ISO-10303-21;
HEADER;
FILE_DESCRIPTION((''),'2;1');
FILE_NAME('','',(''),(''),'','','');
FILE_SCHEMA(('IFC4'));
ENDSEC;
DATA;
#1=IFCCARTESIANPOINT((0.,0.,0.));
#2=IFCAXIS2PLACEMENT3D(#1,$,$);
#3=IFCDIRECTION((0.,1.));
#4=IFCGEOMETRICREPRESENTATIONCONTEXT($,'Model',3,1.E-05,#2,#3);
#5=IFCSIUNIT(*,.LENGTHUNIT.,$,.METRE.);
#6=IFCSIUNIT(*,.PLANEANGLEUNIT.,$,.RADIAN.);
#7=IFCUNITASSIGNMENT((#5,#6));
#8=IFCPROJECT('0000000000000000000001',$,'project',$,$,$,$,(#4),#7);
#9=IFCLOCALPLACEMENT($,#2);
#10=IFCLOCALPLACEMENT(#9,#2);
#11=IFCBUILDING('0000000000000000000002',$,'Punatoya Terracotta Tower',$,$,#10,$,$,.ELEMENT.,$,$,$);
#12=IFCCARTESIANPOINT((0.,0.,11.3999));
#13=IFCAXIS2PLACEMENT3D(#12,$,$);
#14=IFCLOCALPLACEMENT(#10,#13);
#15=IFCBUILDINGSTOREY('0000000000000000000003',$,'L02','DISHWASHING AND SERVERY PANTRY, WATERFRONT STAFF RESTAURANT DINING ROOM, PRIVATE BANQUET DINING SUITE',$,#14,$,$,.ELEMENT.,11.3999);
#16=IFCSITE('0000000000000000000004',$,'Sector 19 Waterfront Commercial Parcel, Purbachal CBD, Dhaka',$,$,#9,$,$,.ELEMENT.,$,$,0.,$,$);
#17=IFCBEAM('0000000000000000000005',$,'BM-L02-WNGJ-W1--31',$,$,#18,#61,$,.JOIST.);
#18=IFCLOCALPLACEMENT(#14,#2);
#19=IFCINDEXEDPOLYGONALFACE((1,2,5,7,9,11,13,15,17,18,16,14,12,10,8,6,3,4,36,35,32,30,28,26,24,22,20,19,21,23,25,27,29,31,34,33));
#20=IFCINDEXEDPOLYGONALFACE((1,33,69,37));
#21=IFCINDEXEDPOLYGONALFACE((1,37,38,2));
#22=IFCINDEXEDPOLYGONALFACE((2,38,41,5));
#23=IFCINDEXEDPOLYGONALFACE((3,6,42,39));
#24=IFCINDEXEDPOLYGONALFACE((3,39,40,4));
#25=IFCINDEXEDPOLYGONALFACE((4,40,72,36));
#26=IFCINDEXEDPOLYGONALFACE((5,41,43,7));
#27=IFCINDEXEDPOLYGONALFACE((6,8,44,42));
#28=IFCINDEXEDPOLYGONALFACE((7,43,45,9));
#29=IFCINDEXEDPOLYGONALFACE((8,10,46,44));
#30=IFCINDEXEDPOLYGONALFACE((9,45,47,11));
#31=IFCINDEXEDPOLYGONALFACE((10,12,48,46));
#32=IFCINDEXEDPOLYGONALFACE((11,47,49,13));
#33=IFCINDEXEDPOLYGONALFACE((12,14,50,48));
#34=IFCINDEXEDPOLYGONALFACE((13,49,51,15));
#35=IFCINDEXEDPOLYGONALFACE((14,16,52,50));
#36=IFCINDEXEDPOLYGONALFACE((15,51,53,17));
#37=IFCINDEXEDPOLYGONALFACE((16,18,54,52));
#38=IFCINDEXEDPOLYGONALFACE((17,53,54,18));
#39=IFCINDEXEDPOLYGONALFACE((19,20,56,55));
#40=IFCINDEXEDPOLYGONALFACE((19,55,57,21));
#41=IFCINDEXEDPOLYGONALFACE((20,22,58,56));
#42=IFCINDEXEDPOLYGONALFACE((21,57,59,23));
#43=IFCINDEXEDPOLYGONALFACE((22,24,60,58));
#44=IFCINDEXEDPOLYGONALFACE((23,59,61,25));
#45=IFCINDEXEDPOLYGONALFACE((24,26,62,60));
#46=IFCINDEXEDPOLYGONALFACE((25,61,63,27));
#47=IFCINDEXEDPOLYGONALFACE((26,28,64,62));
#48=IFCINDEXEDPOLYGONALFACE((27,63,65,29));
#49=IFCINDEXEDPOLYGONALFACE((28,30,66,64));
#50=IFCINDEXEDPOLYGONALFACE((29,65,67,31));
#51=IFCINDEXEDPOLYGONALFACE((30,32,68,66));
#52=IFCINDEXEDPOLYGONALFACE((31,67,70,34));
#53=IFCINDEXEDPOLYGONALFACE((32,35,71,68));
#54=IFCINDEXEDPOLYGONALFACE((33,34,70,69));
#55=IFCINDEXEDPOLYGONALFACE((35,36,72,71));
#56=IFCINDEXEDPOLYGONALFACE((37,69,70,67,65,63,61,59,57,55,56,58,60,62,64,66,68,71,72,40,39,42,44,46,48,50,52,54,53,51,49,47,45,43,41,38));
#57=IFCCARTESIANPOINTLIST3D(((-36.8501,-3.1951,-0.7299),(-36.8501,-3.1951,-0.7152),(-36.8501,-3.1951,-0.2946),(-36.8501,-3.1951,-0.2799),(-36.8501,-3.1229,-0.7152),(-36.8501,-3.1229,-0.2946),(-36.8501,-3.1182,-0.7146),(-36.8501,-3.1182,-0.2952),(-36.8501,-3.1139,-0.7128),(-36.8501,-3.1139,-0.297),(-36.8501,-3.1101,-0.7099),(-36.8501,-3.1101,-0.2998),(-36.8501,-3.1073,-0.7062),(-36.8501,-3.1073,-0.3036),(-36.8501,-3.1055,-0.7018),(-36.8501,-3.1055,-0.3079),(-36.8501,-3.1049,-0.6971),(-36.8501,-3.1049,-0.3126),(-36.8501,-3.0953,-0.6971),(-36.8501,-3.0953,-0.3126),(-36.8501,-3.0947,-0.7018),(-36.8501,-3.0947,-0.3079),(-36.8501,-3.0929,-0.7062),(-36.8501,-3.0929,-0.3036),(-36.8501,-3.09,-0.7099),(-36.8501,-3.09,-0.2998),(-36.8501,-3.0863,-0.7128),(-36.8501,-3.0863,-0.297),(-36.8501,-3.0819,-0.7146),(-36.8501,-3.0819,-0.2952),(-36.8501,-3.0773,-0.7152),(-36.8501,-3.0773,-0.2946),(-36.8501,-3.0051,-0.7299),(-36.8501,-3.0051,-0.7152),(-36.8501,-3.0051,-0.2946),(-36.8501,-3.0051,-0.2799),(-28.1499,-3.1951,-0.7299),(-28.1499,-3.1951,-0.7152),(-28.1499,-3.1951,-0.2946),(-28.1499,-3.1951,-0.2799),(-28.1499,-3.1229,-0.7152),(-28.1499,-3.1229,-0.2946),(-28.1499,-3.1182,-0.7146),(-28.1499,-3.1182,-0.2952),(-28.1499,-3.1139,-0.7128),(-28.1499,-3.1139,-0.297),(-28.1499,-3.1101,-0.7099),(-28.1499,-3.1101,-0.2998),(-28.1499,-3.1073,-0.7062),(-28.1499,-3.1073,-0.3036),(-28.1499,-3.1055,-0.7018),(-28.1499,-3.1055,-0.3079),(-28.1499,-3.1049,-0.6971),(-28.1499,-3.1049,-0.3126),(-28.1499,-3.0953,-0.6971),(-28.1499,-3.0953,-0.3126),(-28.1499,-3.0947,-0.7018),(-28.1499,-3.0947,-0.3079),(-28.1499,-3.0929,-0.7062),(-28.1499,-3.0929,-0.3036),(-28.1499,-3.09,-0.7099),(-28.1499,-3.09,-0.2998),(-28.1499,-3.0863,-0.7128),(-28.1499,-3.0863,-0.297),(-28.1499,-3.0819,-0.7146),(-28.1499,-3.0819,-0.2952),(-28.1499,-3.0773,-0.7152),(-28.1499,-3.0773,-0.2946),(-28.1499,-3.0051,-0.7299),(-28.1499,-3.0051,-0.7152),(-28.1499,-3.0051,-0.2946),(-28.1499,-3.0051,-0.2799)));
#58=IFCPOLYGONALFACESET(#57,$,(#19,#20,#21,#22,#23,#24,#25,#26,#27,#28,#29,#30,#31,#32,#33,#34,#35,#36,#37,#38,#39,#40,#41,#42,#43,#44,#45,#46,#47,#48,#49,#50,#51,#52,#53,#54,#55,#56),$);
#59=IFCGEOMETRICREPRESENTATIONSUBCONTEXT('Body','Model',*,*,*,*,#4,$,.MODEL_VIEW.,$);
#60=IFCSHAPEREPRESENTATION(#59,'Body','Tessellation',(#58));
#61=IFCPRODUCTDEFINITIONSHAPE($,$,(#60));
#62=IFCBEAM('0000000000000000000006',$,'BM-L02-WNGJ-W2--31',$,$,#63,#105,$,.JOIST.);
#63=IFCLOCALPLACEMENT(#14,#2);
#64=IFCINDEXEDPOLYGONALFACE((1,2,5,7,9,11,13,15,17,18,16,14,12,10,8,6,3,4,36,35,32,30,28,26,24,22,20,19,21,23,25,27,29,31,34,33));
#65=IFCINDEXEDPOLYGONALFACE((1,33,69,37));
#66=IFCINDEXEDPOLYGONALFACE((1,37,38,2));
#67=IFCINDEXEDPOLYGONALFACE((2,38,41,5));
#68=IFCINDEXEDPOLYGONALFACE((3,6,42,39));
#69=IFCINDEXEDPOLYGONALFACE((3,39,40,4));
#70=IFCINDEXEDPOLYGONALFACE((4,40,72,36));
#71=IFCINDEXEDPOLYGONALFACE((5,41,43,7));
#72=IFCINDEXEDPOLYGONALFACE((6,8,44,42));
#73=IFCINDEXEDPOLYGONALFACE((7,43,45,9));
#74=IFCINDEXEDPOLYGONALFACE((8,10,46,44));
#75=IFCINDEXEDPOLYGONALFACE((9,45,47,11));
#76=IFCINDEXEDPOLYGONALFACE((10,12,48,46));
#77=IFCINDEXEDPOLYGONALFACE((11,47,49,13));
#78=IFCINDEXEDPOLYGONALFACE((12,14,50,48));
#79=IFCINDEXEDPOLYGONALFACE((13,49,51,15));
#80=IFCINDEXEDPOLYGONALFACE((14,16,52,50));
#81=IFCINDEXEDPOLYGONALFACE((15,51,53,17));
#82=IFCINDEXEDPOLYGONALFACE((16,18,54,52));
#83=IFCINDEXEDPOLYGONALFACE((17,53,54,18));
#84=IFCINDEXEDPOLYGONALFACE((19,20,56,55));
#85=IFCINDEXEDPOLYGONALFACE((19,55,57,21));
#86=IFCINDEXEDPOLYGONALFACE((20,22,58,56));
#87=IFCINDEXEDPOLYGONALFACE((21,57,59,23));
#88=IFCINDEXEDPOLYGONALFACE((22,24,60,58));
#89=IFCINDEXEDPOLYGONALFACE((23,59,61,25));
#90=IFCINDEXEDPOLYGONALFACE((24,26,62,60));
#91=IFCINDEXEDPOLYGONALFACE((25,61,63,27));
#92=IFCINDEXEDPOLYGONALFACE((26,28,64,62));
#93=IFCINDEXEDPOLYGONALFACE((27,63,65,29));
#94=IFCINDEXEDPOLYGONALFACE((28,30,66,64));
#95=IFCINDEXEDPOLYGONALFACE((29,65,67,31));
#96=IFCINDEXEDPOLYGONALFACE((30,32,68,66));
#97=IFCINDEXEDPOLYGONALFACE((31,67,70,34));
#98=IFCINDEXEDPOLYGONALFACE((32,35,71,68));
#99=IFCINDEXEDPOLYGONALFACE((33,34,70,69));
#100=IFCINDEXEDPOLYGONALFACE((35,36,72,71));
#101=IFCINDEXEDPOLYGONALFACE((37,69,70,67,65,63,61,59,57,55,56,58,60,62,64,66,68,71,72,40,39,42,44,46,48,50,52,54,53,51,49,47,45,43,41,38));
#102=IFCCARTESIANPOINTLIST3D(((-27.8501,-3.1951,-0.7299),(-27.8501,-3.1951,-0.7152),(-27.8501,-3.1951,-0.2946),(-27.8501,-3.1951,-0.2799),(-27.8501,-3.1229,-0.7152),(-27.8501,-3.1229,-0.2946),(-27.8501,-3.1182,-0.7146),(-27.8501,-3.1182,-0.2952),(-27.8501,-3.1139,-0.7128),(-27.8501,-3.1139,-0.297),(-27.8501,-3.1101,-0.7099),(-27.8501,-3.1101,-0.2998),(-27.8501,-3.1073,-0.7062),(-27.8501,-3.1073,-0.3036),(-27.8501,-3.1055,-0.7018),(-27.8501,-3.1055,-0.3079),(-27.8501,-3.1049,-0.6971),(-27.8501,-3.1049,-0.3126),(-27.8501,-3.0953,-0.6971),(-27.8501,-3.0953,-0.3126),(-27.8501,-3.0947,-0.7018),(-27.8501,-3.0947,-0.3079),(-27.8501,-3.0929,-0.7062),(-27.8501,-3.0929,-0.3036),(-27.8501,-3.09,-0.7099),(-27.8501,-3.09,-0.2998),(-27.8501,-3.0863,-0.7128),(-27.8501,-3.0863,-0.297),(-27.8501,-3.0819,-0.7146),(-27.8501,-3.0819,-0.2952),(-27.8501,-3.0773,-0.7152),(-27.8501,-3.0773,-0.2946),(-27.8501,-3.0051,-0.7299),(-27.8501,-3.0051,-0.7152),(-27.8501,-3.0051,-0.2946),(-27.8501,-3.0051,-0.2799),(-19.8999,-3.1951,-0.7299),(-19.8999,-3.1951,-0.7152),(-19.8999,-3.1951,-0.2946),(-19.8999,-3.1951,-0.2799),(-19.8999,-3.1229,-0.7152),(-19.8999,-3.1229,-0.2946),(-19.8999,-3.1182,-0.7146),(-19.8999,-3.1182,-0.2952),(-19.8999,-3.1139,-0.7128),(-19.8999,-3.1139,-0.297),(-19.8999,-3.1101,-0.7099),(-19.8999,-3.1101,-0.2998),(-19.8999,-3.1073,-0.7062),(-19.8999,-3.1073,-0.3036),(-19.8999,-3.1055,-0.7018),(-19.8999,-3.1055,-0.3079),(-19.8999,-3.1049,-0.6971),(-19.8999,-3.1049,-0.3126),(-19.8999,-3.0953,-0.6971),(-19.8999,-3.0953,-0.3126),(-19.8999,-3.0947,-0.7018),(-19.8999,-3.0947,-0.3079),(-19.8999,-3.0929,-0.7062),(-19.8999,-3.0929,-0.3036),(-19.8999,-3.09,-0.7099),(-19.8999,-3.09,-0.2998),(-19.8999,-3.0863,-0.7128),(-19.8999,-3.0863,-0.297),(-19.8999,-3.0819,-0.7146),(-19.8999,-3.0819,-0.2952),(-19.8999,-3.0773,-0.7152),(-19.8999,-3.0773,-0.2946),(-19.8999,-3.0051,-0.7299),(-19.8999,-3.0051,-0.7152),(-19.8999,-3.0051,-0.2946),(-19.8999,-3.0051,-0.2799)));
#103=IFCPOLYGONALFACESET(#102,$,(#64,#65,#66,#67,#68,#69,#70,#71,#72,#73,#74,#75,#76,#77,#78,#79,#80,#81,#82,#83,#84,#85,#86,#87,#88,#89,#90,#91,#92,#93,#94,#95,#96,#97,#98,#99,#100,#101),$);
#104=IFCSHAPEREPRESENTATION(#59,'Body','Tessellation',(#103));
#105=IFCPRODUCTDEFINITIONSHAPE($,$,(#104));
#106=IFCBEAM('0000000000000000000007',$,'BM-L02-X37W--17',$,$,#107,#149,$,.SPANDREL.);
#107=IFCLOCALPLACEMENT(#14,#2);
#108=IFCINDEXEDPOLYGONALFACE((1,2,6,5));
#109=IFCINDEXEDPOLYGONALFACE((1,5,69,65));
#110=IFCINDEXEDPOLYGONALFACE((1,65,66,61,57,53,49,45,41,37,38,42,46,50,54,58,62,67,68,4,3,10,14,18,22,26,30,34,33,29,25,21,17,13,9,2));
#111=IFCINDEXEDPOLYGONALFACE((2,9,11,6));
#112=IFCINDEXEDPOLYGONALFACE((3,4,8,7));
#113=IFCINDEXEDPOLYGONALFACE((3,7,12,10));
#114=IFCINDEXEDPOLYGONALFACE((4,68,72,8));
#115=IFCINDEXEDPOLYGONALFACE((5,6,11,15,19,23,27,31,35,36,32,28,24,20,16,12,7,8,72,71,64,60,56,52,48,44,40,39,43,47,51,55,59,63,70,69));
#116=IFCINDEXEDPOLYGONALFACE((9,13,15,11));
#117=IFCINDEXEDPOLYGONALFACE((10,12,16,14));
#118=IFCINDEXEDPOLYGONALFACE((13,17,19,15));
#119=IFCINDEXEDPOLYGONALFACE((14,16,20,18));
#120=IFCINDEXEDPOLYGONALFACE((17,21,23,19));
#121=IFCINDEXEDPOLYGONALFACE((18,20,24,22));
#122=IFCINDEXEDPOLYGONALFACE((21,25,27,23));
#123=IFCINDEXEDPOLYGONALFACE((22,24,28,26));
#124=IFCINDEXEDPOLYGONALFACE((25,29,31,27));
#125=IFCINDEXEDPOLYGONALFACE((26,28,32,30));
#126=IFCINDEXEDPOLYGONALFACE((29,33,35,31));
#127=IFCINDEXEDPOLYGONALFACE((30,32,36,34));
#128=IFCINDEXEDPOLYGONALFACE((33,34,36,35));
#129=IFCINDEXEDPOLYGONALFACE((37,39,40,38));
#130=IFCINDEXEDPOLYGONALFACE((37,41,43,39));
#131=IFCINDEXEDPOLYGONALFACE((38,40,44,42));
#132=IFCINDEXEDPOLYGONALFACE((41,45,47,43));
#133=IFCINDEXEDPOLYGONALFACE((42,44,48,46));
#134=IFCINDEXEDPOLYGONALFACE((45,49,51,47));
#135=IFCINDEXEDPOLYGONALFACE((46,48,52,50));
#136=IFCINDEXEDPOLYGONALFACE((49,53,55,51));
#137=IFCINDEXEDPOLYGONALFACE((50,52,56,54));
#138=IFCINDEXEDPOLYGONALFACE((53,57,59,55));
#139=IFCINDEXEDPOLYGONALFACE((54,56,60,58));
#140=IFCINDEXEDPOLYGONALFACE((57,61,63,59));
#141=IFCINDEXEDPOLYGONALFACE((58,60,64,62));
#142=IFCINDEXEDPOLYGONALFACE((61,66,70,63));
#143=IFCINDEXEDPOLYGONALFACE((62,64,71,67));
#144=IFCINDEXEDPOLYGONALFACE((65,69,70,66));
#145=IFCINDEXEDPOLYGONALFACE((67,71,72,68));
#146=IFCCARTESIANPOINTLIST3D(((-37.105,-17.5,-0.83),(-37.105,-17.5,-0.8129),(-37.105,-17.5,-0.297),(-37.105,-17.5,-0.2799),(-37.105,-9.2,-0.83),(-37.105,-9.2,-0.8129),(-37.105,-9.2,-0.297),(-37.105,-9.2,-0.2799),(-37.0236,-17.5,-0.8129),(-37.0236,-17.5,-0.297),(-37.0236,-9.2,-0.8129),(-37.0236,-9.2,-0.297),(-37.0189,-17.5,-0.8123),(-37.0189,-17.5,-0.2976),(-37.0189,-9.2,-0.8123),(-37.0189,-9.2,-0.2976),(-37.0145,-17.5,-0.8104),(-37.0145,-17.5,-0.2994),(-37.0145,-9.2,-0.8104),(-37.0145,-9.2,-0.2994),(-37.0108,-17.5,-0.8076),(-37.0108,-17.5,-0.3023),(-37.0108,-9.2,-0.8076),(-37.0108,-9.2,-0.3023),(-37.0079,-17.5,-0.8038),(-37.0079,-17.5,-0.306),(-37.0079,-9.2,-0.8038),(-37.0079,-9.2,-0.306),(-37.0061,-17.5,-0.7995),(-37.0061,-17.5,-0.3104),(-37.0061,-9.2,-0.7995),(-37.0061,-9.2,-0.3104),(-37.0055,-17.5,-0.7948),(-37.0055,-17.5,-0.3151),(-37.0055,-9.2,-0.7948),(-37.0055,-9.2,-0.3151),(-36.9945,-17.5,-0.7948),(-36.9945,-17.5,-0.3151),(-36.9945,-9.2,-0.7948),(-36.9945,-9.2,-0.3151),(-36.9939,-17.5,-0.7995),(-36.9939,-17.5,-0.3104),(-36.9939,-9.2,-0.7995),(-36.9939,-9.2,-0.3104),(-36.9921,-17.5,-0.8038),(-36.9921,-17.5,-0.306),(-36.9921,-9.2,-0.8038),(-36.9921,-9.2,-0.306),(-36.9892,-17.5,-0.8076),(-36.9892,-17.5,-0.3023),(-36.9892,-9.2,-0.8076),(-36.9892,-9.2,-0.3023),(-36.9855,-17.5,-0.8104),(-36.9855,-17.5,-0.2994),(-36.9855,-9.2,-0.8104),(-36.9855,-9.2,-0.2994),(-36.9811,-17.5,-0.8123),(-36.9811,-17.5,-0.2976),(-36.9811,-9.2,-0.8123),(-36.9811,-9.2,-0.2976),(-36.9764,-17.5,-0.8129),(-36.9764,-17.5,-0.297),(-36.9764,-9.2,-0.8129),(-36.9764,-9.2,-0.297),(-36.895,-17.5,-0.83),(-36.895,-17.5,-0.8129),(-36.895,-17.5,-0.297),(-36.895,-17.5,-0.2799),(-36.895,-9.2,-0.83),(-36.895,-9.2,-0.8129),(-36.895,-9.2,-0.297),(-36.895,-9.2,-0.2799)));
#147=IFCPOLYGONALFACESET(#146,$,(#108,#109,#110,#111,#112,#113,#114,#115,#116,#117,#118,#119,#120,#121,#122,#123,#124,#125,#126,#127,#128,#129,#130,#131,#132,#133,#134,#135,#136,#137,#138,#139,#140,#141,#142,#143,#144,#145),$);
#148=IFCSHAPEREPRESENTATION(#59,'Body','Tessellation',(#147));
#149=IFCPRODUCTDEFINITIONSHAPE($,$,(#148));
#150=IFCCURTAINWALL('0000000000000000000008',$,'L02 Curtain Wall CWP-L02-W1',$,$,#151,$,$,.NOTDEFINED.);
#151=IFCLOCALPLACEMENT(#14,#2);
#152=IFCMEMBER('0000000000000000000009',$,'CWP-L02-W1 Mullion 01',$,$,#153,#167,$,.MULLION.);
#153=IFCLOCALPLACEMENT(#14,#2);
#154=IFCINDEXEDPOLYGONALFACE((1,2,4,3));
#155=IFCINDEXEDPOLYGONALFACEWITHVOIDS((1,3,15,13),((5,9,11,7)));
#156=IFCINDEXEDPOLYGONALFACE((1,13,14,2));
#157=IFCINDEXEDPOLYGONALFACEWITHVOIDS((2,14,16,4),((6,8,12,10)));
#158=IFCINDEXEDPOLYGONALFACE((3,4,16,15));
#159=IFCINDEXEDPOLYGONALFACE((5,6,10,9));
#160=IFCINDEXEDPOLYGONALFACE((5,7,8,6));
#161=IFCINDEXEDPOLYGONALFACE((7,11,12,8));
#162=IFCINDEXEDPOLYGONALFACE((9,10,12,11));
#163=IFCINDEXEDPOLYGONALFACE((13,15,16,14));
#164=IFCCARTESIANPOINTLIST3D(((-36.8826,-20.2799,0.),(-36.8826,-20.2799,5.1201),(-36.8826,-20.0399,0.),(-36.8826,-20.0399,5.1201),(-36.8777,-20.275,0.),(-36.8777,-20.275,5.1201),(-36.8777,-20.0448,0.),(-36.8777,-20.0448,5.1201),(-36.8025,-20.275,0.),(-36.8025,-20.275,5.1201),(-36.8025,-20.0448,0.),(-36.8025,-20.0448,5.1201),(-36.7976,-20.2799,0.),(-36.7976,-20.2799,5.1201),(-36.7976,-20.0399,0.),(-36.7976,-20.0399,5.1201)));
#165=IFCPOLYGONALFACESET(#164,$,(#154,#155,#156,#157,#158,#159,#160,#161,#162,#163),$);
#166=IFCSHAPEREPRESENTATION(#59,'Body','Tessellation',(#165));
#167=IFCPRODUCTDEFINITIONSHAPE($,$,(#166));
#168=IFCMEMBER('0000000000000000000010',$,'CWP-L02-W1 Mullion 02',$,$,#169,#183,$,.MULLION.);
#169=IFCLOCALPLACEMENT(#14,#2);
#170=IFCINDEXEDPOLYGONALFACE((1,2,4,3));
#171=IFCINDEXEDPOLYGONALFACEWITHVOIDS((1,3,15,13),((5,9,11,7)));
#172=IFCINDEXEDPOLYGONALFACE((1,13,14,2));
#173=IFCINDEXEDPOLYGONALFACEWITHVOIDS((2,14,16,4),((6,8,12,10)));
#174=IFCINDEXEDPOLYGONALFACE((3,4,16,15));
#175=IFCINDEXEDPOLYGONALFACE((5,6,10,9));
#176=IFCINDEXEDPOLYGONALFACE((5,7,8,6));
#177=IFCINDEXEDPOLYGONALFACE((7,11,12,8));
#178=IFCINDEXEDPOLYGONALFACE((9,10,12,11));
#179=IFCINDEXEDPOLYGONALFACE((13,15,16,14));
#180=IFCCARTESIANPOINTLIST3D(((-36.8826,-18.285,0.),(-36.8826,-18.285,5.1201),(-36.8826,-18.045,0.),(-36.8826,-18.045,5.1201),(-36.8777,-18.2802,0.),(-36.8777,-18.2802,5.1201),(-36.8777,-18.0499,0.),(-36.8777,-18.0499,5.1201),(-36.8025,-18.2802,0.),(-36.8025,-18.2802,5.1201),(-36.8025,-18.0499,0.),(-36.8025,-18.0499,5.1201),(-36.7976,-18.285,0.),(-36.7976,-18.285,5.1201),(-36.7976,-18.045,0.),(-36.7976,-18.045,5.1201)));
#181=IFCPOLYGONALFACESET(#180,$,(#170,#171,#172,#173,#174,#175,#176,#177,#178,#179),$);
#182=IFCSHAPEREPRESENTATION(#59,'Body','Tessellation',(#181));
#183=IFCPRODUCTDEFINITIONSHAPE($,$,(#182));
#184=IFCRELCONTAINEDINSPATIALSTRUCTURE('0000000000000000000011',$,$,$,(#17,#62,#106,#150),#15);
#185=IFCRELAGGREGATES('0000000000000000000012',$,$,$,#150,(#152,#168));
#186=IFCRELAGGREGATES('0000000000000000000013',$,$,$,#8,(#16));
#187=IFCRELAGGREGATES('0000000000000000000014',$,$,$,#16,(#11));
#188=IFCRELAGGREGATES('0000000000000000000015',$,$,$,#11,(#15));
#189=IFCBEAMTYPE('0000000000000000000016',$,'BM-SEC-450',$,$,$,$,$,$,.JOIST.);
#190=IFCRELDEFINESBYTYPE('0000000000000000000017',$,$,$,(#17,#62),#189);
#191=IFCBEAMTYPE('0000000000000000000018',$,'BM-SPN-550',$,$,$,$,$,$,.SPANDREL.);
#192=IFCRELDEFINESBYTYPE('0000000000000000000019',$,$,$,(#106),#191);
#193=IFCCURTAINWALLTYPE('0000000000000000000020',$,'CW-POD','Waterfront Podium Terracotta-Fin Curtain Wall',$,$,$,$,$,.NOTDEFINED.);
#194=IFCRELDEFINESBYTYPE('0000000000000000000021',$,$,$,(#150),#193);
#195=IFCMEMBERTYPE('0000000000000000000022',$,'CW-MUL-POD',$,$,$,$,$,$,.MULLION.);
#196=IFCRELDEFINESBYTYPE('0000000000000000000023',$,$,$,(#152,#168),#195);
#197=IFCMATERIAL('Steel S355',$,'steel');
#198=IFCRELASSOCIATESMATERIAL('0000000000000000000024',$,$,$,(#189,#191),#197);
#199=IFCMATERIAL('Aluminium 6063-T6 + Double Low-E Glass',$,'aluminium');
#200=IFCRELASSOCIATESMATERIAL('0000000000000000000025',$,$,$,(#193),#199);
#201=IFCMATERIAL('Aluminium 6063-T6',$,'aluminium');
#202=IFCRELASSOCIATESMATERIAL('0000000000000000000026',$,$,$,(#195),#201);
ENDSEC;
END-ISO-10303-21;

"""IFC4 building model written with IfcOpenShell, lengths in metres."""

from ifc_helpers import new_model, si_unit, direction, frame, origin, origin_2d, place, context, subcontext, project, spatial, hollow_rectangle, i_section, extrude, material, material_profile, profile_set, type_object, element, aggregate, save


model = new_model("IFC4")

# Units and contexts
model_context = context("Model", 3, precision=1e-05, world=origin(), true_north=direction((0.0, 1.0)))
body_context = subcontext(model_context, "Body", "Model", "MODEL_VIEW")
ifc_project = project(units=[si_unit("LENGTHUNIT", "METRE"), si_unit("PLANEANGLEUNIT", "RADIAN")], contexts=[model_context])

# Site, building, storey
site_placement = place(None, origin())
site = spatial("IfcSite", under=ifc_project, at=site_placement, Name="Sector 19 Waterfront Commercial Parcel, Purbachal CBD, Dhaka", CompositionType="ELEMENT", RefElevation=0.0)
building_placement = place(site_placement, origin())
building = spatial("IfcBuilding", under=site, at=building_placement, Name="Punatoya Terracotta Tower", CompositionType="ELEMENT")
storey_placement = place(building_placement, frame((0.0, 0.0, 11.3999)))
storey = spatial("IfcBuildingStorey", under=building, at=storey_placement, Name="L02", Description="DISHWASHING AND SERVERY PANTRY, WATERFRONT STAFF RESTAURANT DINING ROOM, PRIVATE BANQUET DINING SUITE", CompositionType="ELEMENT", Elevation=11.3999)

# Beams
ifc_material_1 = material(Name="Steel S355", Category="steel")
ifc_material_profile_1 = material_profile(ifc_material_1, i_section(OverallWidth=0.1899, OverallDepth=0.45, WebThickness=0.0095, FlangeThickness=0.0146, FilletRadius=0.0181, at=origin_2d()))
ifc_profile_set_1 = profile_set([ifc_material_profile_1], Name="Steel S355")
beam_type_1 = type_object("IfcBeamType", Name="BM-SEC-450", PredefinedType="JOIST", material=ifc_profile_set_1)
beam_1_placement = place(storey_placement, frame((-36.8501, -3.1001, -0.5049), z_axis=(1.0, 0.0, 0.0), x_axis=(0.0, 1.0, 0.0)))
element("IfcBeam", 1, at=beam_1_placement, inside=storey, type_object=beam_type_1, Name="BM-L02-WNGJ-W1--31", PredefinedType="JOIST", context=body_context, shape_type="SweptSolid", body=[
    extrude(i_section(OverallWidth=0.1899, OverallDepth=0.45, WebThickness=0.0095, FlangeThickness=0.0146, FilletRadius=0.0181, at=origin_2d()), origin(), (0.0, 0.0, 1.0), 8.7002),
])
beam_2_placement = place(storey_placement, frame((-27.8501, -3.1001, -0.5049), z_axis=(1.0, 0.0, 0.0), x_axis=(0.0, 1.0, 0.0)))
element("IfcBeam", 2, at=beam_2_placement, inside=storey, type_object=beam_type_1, Name="BM-L02-WNGJ-W2--31", PredefinedType="JOIST", context=body_context, shape_type="SweptSolid", body=[
    extrude(i_section(OverallWidth=0.1899, OverallDepth=0.45, WebThickness=0.0095, FlangeThickness=0.0146, FilletRadius=0.0181, at=origin_2d()), origin(), (0.0, 0.0, 1.0), 7.9502),
])
ifc_material_profile_2 = material_profile(ifc_material_1, i_section(OverallWidth=0.21, OverallDepth=0.55, WebThickness=0.011, FlangeThickness=0.0171, FilletRadius=0.0181, at=origin_2d()))
ifc_profile_set_2 = profile_set([ifc_material_profile_2], Name="Steel S355")
beam_type_2 = type_object("IfcBeamType", Name="BM-SPN-550", PredefinedType="SPANDREL", material=ifc_profile_set_2)
beam_3_placement = place(storey_placement, frame((-37.0, -17.5, -0.5549), z_axis=(0.0, 1.0, 0.0), x_axis=(-1.0, 0.0, 0.0)))
element("IfcBeam", 3, at=beam_3_placement, inside=storey, type_object=beam_type_2, Name="BM-L02-X37W--17", PredefinedType="SPANDREL", context=body_context, shape_type="SweptSolid", body=[
    extrude(i_section(OverallWidth=0.21, OverallDepth=0.55, WebThickness=0.011, FlangeThickness=0.0171, FilletRadius=0.0181, at=origin_2d()), origin(), (0.0, 0.0, 1.0), 8.3),
])

# Curtain wall, members
ifc_material_2 = material(Name="Aluminium 6063-T6 + Double Low-E Glass", Category="aluminium")
curtain_wall_type = type_object("IfcCurtainWallType", Name="CW-POD", Description="Waterfront Podium Terracotta-Fin Curtain Wall", PredefinedType="NOTDEFINED", material=ifc_material_2)
curtain_wall_1_placement = place(storey_placement, origin())
curtain_wall_1 = element("IfcCurtainWall", 4, at=curtain_wall_1_placement, inside=storey, type_object=curtain_wall_type, Name="L02 Curtain Wall CWP-L02-W1", PredefinedType="NOTDEFINED")
ifc_material_3 = material(Name="Aluminium 6063-T6", Category="aluminium")
ifc_material_profile_3 = material_profile(ifc_material_3, hollow_rectangle(XDim=0.085, YDim=0.24, WallThickness=0.0049, at=origin_2d()))
ifc_profile_set_3 = profile_set([ifc_material_profile_3], Name="Aluminium 6063-T6")
member_type_1 = type_object("IfcMemberType", Name="CW-MUL-POD", PredefinedType="MULLION", material=ifc_profile_set_3)
member_1_placement = place(storey_placement, frame((-36.8401, -20.1599, 0.0), z_axis=(0.0, 0.0, 1.0), x_axis=(1.0, 0.0, 0.0)))
member_1 = element("IfcMember", 5, at=member_1_placement, type_object=member_type_1, Name="CWP-L02-W1 Mullion 01", PredefinedType="MULLION", context=body_context, shape_type="SweptSolid", body=[
    extrude(hollow_rectangle(XDim=0.085, YDim=0.24, WallThickness=0.0049, at=origin_2d()), origin(), (0.0, 0.0, 1.0), 5.1201),
])
member_2_placement = place(storey_placement, frame((-36.8401, -18.165, 0.0), z_axis=(0.0, 0.0, 1.0), x_axis=(1.0, 0.0, 0.0)))
member_2 = element("IfcMember", 6, at=member_2_placement, type_object=member_type_1, Name="CWP-L02-W1 Mullion 02", PredefinedType="MULLION", context=body_context, shape_type="SweptSolid", body=[
    extrude(hollow_rectangle(XDim=0.085, YDim=0.24, WallThickness=0.0049, at=origin_2d()), origin(), (0.0, 0.0, 1.0), 5.1201),
])

aggregate(curtain_wall_1, [member_1, member_2])

save(model, "model.ifc")
